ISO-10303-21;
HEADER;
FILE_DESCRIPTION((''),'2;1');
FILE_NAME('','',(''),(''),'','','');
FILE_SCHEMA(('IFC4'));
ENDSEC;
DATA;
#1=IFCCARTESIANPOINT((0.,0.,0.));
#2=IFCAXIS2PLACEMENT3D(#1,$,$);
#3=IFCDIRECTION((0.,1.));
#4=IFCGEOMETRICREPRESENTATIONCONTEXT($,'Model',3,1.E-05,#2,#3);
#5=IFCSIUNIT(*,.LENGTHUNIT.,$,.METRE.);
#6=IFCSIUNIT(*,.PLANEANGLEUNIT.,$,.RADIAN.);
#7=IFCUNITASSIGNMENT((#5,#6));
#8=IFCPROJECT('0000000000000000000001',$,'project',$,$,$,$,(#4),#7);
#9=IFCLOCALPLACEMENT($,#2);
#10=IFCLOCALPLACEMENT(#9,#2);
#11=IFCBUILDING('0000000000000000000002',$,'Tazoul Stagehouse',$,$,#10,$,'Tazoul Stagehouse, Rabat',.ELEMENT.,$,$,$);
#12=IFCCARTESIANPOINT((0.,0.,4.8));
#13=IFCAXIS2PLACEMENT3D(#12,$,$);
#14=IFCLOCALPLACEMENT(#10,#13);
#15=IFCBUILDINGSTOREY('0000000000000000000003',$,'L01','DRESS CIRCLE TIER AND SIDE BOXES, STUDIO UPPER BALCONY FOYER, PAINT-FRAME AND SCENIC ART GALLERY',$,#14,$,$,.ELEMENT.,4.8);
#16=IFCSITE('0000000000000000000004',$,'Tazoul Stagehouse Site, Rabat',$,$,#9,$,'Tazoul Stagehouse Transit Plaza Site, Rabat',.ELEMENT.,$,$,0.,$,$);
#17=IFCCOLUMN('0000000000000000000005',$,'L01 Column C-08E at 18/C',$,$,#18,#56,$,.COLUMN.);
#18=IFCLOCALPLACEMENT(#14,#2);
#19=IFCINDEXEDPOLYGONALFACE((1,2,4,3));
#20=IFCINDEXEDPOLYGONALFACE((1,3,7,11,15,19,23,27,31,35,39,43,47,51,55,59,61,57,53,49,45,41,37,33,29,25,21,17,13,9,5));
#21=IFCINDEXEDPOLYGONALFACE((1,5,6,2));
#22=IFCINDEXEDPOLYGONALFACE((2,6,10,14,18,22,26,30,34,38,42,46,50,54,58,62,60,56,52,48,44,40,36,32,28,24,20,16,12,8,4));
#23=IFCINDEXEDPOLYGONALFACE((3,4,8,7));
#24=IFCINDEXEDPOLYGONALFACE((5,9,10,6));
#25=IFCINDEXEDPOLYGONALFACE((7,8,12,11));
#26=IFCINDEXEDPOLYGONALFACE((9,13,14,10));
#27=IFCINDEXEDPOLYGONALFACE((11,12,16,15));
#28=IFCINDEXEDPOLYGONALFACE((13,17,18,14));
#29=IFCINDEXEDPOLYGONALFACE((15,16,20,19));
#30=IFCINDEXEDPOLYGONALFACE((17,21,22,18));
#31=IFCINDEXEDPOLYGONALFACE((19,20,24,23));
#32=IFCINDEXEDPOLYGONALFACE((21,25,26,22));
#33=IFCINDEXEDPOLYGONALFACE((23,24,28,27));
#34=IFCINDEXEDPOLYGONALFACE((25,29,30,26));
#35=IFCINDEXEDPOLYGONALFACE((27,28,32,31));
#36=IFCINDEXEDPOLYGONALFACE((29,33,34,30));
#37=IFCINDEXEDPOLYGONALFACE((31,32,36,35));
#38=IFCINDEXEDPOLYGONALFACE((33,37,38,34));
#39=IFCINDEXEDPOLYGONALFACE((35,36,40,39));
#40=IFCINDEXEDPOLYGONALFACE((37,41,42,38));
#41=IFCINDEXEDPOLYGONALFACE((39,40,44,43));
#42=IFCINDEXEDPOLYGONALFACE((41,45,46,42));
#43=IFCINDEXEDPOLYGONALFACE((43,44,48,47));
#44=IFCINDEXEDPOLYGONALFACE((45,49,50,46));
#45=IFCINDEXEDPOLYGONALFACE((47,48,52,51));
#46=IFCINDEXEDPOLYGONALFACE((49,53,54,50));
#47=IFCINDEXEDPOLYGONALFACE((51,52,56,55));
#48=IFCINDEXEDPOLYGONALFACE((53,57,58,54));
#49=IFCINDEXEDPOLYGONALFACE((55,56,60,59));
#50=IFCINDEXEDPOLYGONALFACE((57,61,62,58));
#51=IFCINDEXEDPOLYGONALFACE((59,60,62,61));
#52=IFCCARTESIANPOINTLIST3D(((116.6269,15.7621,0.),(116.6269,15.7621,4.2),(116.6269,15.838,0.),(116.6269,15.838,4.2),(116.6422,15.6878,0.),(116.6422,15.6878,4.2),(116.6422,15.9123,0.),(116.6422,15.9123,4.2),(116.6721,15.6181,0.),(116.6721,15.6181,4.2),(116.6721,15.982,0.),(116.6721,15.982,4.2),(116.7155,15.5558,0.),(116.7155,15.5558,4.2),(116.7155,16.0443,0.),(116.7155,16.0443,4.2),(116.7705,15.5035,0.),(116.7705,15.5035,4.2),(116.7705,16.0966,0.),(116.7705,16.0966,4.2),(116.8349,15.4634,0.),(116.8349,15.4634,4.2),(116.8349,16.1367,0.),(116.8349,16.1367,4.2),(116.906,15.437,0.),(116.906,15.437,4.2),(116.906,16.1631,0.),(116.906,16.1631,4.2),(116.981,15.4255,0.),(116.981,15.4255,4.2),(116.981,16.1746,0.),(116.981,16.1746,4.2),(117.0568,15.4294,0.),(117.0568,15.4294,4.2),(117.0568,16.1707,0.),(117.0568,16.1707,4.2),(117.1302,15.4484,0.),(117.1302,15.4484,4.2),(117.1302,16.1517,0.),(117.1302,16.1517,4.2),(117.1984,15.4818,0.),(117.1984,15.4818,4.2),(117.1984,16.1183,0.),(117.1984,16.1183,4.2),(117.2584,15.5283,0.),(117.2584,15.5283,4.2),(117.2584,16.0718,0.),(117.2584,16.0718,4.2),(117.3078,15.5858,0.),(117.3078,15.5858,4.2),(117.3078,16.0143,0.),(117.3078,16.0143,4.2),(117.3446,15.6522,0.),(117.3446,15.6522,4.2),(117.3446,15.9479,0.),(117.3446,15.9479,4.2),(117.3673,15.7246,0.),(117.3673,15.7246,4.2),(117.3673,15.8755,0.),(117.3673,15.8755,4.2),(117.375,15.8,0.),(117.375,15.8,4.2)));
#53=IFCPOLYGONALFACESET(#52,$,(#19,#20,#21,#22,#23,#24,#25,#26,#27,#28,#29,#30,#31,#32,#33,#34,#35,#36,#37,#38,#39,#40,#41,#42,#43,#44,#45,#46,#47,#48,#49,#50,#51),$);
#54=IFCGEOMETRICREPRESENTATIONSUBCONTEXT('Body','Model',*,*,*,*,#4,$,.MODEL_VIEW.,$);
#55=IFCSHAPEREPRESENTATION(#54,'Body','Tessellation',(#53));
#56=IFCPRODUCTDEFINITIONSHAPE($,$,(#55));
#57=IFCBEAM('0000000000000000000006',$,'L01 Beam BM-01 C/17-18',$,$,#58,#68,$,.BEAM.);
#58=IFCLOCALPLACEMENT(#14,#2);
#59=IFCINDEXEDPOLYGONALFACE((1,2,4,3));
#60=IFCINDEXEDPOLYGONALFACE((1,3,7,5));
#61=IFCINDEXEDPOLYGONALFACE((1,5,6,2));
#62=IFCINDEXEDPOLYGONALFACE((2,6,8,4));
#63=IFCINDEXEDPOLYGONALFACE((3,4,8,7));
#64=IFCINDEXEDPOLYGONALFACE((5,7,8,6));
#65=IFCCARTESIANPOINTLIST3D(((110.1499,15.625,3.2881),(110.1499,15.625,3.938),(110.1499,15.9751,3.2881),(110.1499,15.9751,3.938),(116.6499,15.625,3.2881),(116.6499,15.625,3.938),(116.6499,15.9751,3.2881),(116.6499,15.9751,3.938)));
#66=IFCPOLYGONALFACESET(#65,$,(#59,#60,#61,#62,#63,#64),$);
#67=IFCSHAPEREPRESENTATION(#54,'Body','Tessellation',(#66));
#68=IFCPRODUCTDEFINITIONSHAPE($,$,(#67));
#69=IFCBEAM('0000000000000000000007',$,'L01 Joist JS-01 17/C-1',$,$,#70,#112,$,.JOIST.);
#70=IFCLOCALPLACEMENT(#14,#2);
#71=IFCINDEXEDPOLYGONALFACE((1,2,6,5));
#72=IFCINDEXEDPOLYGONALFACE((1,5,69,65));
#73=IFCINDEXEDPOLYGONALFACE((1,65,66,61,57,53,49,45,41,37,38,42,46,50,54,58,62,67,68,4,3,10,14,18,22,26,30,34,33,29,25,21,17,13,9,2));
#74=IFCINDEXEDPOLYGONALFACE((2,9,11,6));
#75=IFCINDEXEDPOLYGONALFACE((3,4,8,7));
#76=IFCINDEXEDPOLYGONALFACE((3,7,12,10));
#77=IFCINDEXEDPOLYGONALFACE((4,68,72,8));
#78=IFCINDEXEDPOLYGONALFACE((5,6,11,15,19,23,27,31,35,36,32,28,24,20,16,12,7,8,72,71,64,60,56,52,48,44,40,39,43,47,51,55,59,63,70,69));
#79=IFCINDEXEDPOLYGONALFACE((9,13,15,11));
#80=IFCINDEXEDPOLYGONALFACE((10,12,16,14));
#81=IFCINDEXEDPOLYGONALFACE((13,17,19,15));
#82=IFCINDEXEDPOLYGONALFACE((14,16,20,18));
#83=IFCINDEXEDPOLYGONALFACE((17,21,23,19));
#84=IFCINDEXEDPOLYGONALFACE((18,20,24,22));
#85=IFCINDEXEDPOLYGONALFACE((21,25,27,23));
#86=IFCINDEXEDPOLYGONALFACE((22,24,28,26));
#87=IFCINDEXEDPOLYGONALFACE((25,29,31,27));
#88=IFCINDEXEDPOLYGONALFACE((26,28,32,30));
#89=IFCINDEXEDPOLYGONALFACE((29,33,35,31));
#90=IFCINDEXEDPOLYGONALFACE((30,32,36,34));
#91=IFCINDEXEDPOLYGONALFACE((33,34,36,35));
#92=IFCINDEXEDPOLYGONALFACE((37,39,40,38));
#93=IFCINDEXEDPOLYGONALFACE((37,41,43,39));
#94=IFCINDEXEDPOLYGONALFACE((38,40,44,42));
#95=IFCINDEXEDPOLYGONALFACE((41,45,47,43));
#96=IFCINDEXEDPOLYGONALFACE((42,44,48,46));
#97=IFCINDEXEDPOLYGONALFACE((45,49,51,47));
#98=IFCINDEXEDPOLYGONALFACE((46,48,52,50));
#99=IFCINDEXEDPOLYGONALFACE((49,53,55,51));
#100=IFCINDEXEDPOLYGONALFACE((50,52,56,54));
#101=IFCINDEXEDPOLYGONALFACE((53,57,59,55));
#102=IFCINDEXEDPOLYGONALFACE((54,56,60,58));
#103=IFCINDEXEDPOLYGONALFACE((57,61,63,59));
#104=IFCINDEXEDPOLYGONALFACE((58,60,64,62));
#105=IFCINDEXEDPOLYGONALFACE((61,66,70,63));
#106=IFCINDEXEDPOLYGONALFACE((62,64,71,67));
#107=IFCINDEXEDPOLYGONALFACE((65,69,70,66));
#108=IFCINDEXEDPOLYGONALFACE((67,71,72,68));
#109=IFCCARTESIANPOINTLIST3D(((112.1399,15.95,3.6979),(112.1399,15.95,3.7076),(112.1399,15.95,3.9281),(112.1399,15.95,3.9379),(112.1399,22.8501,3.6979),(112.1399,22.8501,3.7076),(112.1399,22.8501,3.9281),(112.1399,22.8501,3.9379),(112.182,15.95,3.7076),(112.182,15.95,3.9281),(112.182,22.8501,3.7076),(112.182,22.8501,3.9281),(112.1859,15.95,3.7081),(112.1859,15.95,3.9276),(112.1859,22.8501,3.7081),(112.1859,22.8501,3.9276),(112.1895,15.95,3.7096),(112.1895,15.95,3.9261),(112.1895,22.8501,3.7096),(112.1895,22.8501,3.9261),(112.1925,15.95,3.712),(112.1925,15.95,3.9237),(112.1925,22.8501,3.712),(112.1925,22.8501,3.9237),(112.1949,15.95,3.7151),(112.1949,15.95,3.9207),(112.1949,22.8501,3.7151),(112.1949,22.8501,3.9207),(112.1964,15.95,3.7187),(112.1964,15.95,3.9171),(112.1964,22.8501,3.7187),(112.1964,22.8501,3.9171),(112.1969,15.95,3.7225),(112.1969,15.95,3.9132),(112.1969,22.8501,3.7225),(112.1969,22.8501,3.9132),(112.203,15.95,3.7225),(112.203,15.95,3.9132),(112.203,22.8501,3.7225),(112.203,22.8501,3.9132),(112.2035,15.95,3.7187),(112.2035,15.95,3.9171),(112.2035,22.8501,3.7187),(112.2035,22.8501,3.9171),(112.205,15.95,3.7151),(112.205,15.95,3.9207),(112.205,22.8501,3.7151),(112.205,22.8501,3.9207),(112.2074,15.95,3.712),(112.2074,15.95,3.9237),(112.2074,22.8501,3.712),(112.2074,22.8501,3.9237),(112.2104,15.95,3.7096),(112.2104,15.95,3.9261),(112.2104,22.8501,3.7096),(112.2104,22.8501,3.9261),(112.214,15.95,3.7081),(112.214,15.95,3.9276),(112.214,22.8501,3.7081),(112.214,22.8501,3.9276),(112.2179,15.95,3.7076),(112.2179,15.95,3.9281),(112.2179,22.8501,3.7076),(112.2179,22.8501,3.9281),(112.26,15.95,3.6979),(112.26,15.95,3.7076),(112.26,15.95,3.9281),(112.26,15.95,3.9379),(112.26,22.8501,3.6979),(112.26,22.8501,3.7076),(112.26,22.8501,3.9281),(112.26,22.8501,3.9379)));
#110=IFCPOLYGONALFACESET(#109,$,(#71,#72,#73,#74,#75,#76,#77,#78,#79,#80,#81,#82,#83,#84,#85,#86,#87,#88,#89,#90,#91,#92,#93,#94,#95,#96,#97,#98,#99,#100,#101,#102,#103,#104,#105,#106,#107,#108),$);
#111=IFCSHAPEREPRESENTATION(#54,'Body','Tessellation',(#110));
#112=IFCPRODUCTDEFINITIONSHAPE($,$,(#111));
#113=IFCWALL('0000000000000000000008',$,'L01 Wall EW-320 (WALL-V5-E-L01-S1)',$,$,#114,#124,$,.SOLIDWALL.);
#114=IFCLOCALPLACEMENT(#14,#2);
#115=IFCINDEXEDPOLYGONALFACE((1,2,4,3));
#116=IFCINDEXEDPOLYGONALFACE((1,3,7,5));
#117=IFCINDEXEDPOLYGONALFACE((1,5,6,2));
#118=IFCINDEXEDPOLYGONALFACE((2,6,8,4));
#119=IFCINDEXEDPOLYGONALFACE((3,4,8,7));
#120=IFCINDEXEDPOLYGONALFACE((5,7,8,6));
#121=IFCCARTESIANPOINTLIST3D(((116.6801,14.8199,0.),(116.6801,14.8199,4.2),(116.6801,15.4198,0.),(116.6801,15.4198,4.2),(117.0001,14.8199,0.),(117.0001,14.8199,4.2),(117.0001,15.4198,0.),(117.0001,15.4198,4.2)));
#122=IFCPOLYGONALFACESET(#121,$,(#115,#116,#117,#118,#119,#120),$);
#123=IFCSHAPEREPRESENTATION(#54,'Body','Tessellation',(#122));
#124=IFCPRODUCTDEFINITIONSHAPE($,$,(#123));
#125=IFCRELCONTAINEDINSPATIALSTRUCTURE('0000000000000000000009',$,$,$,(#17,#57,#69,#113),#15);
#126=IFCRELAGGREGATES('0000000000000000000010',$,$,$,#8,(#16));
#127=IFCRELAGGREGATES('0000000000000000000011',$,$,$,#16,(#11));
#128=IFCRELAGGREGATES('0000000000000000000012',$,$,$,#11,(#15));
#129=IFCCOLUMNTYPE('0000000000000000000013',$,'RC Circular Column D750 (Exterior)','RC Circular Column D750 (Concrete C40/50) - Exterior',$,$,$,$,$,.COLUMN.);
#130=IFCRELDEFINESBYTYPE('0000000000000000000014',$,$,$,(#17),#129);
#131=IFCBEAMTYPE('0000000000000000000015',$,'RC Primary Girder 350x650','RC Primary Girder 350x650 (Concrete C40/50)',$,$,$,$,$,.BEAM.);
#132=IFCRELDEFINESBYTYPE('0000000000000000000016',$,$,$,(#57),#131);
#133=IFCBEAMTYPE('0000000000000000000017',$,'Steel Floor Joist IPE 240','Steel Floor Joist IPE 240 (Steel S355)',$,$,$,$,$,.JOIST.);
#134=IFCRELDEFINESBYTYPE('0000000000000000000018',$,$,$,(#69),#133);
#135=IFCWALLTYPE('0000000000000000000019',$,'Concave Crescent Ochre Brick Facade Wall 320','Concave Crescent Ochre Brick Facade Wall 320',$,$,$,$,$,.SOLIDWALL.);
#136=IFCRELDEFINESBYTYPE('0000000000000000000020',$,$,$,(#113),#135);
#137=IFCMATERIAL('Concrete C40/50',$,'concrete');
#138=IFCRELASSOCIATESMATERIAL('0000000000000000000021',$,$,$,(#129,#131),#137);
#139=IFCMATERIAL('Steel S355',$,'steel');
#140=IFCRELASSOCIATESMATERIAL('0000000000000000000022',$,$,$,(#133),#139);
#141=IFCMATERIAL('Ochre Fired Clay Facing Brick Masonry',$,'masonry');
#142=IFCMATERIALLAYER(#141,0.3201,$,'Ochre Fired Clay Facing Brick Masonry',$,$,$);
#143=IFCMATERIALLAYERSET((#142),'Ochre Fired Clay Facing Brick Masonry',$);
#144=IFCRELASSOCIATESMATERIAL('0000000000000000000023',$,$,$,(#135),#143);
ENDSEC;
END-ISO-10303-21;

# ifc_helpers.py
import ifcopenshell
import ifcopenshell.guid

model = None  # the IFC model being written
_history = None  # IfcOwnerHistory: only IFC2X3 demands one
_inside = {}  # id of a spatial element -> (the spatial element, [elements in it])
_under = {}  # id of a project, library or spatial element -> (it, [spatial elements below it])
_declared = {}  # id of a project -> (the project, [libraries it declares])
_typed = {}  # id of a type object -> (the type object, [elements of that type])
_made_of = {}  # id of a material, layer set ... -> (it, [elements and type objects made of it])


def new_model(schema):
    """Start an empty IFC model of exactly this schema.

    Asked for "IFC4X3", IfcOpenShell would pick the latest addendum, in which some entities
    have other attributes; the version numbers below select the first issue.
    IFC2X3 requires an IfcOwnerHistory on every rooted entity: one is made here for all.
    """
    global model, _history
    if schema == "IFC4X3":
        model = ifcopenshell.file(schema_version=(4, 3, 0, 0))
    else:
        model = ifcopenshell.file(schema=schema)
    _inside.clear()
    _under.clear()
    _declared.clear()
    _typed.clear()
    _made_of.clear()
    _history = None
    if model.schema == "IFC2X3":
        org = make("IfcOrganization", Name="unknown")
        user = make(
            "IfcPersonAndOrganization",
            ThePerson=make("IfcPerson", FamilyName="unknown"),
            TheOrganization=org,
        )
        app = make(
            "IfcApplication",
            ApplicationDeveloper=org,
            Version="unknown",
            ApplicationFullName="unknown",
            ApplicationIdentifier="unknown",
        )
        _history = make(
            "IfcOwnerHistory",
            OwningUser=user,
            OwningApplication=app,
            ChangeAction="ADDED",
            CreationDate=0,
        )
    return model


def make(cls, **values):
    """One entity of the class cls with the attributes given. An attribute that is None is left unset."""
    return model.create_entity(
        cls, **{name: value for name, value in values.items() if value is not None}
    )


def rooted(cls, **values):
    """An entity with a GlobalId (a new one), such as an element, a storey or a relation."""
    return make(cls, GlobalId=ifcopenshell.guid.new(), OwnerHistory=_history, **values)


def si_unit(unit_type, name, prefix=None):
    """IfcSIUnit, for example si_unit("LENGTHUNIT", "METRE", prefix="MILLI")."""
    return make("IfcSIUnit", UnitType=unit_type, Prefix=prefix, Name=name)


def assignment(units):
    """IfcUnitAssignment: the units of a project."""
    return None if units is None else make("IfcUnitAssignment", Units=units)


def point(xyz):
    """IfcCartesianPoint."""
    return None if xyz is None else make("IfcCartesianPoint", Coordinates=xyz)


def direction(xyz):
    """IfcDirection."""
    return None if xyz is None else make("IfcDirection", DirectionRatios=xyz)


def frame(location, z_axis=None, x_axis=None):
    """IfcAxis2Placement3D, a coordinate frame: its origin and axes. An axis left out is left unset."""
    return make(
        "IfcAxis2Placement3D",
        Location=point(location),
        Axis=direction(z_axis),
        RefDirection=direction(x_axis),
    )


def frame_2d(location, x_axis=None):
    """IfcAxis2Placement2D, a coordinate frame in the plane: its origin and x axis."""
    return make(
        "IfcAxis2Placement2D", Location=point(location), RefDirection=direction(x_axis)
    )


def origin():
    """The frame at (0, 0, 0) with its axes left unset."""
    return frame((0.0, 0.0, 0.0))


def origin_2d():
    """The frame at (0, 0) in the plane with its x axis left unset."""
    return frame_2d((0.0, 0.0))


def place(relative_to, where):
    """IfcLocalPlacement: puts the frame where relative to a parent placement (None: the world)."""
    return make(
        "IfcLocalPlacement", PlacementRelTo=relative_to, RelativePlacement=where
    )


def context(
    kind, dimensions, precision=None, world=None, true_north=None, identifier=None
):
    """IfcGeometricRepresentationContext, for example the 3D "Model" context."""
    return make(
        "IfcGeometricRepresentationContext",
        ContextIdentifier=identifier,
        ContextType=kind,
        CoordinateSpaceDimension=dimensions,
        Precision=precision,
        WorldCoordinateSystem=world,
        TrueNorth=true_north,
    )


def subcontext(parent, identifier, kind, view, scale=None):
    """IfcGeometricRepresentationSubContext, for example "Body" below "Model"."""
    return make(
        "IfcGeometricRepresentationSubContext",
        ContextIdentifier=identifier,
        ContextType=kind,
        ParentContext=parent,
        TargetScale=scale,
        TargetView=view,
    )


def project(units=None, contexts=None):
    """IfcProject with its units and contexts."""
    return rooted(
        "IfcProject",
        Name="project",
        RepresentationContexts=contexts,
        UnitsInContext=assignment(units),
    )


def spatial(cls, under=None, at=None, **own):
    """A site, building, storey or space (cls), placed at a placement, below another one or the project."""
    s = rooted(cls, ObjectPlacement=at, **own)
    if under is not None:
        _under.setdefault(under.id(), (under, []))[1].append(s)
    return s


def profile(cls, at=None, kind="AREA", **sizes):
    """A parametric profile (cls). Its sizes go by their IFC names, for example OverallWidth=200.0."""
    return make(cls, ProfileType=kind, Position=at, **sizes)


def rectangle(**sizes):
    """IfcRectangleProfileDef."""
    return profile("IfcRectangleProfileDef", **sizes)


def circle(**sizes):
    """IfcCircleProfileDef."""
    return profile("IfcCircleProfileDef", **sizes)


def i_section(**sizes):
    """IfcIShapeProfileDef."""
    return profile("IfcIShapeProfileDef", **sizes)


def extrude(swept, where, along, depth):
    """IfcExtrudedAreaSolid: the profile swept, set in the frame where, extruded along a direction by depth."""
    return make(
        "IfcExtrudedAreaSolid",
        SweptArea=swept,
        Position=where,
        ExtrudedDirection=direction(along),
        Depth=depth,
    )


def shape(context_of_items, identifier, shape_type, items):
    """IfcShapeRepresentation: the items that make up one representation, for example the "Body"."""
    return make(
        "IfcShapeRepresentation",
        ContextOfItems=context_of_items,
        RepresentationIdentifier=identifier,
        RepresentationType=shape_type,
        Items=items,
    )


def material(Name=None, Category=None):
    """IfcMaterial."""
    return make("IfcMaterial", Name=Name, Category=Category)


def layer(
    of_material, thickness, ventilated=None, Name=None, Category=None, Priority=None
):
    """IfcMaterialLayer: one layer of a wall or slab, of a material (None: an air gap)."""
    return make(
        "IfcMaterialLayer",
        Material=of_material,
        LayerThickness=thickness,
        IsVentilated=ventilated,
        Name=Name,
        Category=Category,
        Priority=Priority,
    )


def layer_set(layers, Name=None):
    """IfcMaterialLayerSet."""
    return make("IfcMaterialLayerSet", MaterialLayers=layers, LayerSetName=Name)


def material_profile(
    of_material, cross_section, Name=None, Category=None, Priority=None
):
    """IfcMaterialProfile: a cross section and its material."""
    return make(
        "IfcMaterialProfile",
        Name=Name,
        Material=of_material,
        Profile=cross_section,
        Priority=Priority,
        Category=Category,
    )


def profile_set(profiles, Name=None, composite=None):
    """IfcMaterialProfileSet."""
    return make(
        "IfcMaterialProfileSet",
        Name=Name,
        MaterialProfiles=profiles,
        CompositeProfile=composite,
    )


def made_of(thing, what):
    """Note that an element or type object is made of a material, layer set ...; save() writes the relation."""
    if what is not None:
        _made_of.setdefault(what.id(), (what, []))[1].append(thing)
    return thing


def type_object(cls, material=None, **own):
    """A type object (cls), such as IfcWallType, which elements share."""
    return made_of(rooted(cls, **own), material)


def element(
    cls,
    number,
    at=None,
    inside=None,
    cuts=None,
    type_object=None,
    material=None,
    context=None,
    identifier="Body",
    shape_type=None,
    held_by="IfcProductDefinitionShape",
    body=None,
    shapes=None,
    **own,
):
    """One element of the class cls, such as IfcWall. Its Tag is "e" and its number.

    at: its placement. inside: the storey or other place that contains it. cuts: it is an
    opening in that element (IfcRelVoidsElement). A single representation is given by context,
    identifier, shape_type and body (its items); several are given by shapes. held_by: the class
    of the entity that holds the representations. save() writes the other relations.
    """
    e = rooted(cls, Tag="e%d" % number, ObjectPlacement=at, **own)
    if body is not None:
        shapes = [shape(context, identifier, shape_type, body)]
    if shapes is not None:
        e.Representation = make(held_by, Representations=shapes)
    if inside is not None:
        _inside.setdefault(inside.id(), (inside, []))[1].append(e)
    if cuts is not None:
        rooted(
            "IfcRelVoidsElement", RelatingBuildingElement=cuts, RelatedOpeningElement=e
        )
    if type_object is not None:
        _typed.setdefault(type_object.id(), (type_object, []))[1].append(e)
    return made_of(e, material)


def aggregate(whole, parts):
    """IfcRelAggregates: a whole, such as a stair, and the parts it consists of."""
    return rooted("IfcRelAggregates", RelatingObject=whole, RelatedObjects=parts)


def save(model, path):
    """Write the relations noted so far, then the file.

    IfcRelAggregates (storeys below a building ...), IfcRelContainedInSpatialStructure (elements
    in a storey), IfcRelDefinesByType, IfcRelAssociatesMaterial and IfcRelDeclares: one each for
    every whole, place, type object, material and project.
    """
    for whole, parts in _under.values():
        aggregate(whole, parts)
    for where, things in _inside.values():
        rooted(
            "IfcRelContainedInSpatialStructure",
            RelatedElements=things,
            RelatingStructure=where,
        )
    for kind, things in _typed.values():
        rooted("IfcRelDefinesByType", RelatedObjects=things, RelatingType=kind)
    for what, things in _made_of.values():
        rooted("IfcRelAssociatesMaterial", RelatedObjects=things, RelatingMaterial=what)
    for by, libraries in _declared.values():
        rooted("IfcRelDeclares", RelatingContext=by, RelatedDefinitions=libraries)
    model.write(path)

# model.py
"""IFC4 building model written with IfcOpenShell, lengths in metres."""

from ifc_helpers import new_model, si_unit, direction, frame, frame_2d, origin, origin_2d, place, context, subcontext, project, spatial, rectangle, circle, i_section, extrude, material, layer, layer_set, material_profile, profile_set, type_object, element, save


model = new_model("IFC4")

# Units and contexts
model_context = context("Model", 3, precision=1e-05, world=origin(), true_north=direction((0.0, 1.0)))
body_context = subcontext(model_context, "Body", "Model", "MODEL_VIEW")
ifc_project = project(units=[si_unit("LENGTHUNIT", "METRE"), si_unit("PLANEANGLEUNIT", "RADIAN")], contexts=[model_context])

# Site, building, storey
site_placement = place(None, origin())
site = spatial("IfcSite", under=ifc_project, at=site_placement, Name="Tazoul Stagehouse Site, Rabat", LongName="Tazoul Stagehouse Transit Plaza Site, Rabat", CompositionType="ELEMENT", RefElevation=0.0)
building_placement = place(site_placement, origin())
building = spatial("IfcBuilding", under=site, at=building_placement, Name="Tazoul Stagehouse", LongName="Tazoul Stagehouse, Rabat", CompositionType="ELEMENT")
storey_placement = place(building_placement, frame((0.0, 0.0, 4.8)))
storey = spatial("IfcBuildingStorey", under=building, at=storey_placement, Name="L01", Description="DRESS CIRCLE TIER AND SIDE BOXES, STUDIO UPPER BALCONY FOYER, PAINT-FRAME AND SCENIC ART GALLERY", CompositionType="ELEMENT", Elevation=4.8)

# Column
ifc_material_1 = material(Name="Concrete C40/50", Category="concrete")
ifc_material_profile_1 = material_profile(ifc_material_1, circle(Radius=0.375, at=origin_2d()), Name="RC D750")
ifc_profile_set_1 = profile_set([ifc_material_profile_1], Name="Concrete C40/50")
column_type = type_object("IfcColumnType", Name="RC Circular Column D750 (Exterior)", Description="RC Circular Column D750 (Concrete C40/50) - Exterior", PredefinedType="COLUMN", material=ifc_profile_set_1)
column_placement = place(storey_placement, frame((117.0, 15.8, 0.0), z_axis=(0.0, 0.0, 1.0), x_axis=(1.0, 0.0, 0.0)))
element("IfcColumn", 1, at=column_placement, inside=storey, type_object=column_type, Name="L01 Column C-08E at 18/C", PredefinedType="COLUMN", context=body_context, shape_type="SweptSolid", body=[
    extrude(circle(Radius=0.375, at=origin_2d()), origin(), (0.0, 0.0, 1.0), 4.2),
])

# Beams
ifc_material_profile_2 = material_profile(ifc_material_1, rectangle(XDim=0.3501, YDim=0.6499, at=origin_2d()), Name="RC 350x650")
ifc_profile_set_2 = profile_set([ifc_material_profile_2], Name="Concrete C40/50")
beam_type_1 = type_object("IfcBeamType", Name="RC Primary Girder 350x650", Description="RC Primary Girder 350x650 (Concrete C40/50)", PredefinedType="BEAM", material=ifc_profile_set_2)
beam_1_placement = place(storey_placement, frame((110.1499, 15.8, 3.613), z_axis=(1.0, 0.0, 0.0), x_axis=(0.0, 1.0, 0.0)))
element("IfcBeam", 2, at=beam_1_placement, inside=storey, type_object=beam_type_1, Name="L01 Beam BM-01 C/17-18", PredefinedType="BEAM", context=body_context, shape_type="SweptSolid", body=[
    extrude(rectangle(XDim=0.3501, YDim=0.6499, at=origin_2d()), origin(), (0.0, 0.0, 1.0), 6.5),
])
ifc_material_2 = material(Name="Steel S355", Category="steel")
ifc_material_profile_3 = material_profile(ifc_material_2, i_section(OverallWidth=0.1201, OverallDepth=0.24, WebThickness=0.0061, FlangeThickness=0.0098, FilletRadius=0.0149, at=origin_2d()), Name="IPE 240")
ifc_profile_set_3 = profile_set([ifc_material_profile_3], Name="Steel S355")
beam_type_2 = type_object("IfcBeamType", Name="Steel Floor Joist IPE 240", Description="Steel Floor Joist IPE 240 (Steel S355)", PredefinedType="JOIST", material=ifc_profile_set_3)
beam_2_placement = place(storey_placement, frame((112.2, 15.95, 3.8179), z_axis=(0.0, 1.0, 0.0), x_axis=(-1.0, 0.0, 0.0)))
element("IfcBeam", 3, at=beam_2_placement, inside=storey, type_object=beam_type_2, Name="L01 Joist JS-01 17/C-1", PredefinedType="JOIST", context=body_context, shape_type="SweptSolid", body=[
    extrude(i_section(OverallWidth=0.1201, OverallDepth=0.24, WebThickness=0.0061, FlangeThickness=0.0098, FilletRadius=0.0149, at=origin_2d()), origin(), (0.0, 0.0, 1.0), 6.9001),
])

# Wall
ifc_material_3 = material(Name="Ochre Fired Clay Facing Brick Masonry", Category="masonry")
ifc_layer = layer(ifc_material_3, 0.3201, Name="Ochre Fired Clay Facing Brick Masonry")
ifc_layer_set = layer_set([ifc_layer], Name="Ochre Fired Clay Facing Brick Masonry")
wall_type = type_object("IfcWallType", Name="Concave Crescent Ochre Brick Facade Wall 320", Description="Concave Crescent Ochre Brick Facade Wall 320", PredefinedType="SOLIDWALL", material=ifc_layer_set)
wall_placement = place(storey_placement, frame((116.8401, 14.8201, 0.0), z_axis=(0.0, 0.0, 1.0), x_axis=(0.0, 1.0, 0.0)))
element("IfcWall", 4, at=wall_placement, inside=storey, type_object=wall_type, Name="L01 Wall EW-320 (WALL-V5-E-L01-S1)", PredefinedType="SOLIDWALL", context=body_context, shape_type="SweptSolid", body=[
    extrude(rectangle(XDim=0.5999, YDim=0.3201, at=frame_2d((0.2998, 0.0))), origin(), (0.0, 0.0, 1.0), 4.2),
])

save(model, "model.ifc")
